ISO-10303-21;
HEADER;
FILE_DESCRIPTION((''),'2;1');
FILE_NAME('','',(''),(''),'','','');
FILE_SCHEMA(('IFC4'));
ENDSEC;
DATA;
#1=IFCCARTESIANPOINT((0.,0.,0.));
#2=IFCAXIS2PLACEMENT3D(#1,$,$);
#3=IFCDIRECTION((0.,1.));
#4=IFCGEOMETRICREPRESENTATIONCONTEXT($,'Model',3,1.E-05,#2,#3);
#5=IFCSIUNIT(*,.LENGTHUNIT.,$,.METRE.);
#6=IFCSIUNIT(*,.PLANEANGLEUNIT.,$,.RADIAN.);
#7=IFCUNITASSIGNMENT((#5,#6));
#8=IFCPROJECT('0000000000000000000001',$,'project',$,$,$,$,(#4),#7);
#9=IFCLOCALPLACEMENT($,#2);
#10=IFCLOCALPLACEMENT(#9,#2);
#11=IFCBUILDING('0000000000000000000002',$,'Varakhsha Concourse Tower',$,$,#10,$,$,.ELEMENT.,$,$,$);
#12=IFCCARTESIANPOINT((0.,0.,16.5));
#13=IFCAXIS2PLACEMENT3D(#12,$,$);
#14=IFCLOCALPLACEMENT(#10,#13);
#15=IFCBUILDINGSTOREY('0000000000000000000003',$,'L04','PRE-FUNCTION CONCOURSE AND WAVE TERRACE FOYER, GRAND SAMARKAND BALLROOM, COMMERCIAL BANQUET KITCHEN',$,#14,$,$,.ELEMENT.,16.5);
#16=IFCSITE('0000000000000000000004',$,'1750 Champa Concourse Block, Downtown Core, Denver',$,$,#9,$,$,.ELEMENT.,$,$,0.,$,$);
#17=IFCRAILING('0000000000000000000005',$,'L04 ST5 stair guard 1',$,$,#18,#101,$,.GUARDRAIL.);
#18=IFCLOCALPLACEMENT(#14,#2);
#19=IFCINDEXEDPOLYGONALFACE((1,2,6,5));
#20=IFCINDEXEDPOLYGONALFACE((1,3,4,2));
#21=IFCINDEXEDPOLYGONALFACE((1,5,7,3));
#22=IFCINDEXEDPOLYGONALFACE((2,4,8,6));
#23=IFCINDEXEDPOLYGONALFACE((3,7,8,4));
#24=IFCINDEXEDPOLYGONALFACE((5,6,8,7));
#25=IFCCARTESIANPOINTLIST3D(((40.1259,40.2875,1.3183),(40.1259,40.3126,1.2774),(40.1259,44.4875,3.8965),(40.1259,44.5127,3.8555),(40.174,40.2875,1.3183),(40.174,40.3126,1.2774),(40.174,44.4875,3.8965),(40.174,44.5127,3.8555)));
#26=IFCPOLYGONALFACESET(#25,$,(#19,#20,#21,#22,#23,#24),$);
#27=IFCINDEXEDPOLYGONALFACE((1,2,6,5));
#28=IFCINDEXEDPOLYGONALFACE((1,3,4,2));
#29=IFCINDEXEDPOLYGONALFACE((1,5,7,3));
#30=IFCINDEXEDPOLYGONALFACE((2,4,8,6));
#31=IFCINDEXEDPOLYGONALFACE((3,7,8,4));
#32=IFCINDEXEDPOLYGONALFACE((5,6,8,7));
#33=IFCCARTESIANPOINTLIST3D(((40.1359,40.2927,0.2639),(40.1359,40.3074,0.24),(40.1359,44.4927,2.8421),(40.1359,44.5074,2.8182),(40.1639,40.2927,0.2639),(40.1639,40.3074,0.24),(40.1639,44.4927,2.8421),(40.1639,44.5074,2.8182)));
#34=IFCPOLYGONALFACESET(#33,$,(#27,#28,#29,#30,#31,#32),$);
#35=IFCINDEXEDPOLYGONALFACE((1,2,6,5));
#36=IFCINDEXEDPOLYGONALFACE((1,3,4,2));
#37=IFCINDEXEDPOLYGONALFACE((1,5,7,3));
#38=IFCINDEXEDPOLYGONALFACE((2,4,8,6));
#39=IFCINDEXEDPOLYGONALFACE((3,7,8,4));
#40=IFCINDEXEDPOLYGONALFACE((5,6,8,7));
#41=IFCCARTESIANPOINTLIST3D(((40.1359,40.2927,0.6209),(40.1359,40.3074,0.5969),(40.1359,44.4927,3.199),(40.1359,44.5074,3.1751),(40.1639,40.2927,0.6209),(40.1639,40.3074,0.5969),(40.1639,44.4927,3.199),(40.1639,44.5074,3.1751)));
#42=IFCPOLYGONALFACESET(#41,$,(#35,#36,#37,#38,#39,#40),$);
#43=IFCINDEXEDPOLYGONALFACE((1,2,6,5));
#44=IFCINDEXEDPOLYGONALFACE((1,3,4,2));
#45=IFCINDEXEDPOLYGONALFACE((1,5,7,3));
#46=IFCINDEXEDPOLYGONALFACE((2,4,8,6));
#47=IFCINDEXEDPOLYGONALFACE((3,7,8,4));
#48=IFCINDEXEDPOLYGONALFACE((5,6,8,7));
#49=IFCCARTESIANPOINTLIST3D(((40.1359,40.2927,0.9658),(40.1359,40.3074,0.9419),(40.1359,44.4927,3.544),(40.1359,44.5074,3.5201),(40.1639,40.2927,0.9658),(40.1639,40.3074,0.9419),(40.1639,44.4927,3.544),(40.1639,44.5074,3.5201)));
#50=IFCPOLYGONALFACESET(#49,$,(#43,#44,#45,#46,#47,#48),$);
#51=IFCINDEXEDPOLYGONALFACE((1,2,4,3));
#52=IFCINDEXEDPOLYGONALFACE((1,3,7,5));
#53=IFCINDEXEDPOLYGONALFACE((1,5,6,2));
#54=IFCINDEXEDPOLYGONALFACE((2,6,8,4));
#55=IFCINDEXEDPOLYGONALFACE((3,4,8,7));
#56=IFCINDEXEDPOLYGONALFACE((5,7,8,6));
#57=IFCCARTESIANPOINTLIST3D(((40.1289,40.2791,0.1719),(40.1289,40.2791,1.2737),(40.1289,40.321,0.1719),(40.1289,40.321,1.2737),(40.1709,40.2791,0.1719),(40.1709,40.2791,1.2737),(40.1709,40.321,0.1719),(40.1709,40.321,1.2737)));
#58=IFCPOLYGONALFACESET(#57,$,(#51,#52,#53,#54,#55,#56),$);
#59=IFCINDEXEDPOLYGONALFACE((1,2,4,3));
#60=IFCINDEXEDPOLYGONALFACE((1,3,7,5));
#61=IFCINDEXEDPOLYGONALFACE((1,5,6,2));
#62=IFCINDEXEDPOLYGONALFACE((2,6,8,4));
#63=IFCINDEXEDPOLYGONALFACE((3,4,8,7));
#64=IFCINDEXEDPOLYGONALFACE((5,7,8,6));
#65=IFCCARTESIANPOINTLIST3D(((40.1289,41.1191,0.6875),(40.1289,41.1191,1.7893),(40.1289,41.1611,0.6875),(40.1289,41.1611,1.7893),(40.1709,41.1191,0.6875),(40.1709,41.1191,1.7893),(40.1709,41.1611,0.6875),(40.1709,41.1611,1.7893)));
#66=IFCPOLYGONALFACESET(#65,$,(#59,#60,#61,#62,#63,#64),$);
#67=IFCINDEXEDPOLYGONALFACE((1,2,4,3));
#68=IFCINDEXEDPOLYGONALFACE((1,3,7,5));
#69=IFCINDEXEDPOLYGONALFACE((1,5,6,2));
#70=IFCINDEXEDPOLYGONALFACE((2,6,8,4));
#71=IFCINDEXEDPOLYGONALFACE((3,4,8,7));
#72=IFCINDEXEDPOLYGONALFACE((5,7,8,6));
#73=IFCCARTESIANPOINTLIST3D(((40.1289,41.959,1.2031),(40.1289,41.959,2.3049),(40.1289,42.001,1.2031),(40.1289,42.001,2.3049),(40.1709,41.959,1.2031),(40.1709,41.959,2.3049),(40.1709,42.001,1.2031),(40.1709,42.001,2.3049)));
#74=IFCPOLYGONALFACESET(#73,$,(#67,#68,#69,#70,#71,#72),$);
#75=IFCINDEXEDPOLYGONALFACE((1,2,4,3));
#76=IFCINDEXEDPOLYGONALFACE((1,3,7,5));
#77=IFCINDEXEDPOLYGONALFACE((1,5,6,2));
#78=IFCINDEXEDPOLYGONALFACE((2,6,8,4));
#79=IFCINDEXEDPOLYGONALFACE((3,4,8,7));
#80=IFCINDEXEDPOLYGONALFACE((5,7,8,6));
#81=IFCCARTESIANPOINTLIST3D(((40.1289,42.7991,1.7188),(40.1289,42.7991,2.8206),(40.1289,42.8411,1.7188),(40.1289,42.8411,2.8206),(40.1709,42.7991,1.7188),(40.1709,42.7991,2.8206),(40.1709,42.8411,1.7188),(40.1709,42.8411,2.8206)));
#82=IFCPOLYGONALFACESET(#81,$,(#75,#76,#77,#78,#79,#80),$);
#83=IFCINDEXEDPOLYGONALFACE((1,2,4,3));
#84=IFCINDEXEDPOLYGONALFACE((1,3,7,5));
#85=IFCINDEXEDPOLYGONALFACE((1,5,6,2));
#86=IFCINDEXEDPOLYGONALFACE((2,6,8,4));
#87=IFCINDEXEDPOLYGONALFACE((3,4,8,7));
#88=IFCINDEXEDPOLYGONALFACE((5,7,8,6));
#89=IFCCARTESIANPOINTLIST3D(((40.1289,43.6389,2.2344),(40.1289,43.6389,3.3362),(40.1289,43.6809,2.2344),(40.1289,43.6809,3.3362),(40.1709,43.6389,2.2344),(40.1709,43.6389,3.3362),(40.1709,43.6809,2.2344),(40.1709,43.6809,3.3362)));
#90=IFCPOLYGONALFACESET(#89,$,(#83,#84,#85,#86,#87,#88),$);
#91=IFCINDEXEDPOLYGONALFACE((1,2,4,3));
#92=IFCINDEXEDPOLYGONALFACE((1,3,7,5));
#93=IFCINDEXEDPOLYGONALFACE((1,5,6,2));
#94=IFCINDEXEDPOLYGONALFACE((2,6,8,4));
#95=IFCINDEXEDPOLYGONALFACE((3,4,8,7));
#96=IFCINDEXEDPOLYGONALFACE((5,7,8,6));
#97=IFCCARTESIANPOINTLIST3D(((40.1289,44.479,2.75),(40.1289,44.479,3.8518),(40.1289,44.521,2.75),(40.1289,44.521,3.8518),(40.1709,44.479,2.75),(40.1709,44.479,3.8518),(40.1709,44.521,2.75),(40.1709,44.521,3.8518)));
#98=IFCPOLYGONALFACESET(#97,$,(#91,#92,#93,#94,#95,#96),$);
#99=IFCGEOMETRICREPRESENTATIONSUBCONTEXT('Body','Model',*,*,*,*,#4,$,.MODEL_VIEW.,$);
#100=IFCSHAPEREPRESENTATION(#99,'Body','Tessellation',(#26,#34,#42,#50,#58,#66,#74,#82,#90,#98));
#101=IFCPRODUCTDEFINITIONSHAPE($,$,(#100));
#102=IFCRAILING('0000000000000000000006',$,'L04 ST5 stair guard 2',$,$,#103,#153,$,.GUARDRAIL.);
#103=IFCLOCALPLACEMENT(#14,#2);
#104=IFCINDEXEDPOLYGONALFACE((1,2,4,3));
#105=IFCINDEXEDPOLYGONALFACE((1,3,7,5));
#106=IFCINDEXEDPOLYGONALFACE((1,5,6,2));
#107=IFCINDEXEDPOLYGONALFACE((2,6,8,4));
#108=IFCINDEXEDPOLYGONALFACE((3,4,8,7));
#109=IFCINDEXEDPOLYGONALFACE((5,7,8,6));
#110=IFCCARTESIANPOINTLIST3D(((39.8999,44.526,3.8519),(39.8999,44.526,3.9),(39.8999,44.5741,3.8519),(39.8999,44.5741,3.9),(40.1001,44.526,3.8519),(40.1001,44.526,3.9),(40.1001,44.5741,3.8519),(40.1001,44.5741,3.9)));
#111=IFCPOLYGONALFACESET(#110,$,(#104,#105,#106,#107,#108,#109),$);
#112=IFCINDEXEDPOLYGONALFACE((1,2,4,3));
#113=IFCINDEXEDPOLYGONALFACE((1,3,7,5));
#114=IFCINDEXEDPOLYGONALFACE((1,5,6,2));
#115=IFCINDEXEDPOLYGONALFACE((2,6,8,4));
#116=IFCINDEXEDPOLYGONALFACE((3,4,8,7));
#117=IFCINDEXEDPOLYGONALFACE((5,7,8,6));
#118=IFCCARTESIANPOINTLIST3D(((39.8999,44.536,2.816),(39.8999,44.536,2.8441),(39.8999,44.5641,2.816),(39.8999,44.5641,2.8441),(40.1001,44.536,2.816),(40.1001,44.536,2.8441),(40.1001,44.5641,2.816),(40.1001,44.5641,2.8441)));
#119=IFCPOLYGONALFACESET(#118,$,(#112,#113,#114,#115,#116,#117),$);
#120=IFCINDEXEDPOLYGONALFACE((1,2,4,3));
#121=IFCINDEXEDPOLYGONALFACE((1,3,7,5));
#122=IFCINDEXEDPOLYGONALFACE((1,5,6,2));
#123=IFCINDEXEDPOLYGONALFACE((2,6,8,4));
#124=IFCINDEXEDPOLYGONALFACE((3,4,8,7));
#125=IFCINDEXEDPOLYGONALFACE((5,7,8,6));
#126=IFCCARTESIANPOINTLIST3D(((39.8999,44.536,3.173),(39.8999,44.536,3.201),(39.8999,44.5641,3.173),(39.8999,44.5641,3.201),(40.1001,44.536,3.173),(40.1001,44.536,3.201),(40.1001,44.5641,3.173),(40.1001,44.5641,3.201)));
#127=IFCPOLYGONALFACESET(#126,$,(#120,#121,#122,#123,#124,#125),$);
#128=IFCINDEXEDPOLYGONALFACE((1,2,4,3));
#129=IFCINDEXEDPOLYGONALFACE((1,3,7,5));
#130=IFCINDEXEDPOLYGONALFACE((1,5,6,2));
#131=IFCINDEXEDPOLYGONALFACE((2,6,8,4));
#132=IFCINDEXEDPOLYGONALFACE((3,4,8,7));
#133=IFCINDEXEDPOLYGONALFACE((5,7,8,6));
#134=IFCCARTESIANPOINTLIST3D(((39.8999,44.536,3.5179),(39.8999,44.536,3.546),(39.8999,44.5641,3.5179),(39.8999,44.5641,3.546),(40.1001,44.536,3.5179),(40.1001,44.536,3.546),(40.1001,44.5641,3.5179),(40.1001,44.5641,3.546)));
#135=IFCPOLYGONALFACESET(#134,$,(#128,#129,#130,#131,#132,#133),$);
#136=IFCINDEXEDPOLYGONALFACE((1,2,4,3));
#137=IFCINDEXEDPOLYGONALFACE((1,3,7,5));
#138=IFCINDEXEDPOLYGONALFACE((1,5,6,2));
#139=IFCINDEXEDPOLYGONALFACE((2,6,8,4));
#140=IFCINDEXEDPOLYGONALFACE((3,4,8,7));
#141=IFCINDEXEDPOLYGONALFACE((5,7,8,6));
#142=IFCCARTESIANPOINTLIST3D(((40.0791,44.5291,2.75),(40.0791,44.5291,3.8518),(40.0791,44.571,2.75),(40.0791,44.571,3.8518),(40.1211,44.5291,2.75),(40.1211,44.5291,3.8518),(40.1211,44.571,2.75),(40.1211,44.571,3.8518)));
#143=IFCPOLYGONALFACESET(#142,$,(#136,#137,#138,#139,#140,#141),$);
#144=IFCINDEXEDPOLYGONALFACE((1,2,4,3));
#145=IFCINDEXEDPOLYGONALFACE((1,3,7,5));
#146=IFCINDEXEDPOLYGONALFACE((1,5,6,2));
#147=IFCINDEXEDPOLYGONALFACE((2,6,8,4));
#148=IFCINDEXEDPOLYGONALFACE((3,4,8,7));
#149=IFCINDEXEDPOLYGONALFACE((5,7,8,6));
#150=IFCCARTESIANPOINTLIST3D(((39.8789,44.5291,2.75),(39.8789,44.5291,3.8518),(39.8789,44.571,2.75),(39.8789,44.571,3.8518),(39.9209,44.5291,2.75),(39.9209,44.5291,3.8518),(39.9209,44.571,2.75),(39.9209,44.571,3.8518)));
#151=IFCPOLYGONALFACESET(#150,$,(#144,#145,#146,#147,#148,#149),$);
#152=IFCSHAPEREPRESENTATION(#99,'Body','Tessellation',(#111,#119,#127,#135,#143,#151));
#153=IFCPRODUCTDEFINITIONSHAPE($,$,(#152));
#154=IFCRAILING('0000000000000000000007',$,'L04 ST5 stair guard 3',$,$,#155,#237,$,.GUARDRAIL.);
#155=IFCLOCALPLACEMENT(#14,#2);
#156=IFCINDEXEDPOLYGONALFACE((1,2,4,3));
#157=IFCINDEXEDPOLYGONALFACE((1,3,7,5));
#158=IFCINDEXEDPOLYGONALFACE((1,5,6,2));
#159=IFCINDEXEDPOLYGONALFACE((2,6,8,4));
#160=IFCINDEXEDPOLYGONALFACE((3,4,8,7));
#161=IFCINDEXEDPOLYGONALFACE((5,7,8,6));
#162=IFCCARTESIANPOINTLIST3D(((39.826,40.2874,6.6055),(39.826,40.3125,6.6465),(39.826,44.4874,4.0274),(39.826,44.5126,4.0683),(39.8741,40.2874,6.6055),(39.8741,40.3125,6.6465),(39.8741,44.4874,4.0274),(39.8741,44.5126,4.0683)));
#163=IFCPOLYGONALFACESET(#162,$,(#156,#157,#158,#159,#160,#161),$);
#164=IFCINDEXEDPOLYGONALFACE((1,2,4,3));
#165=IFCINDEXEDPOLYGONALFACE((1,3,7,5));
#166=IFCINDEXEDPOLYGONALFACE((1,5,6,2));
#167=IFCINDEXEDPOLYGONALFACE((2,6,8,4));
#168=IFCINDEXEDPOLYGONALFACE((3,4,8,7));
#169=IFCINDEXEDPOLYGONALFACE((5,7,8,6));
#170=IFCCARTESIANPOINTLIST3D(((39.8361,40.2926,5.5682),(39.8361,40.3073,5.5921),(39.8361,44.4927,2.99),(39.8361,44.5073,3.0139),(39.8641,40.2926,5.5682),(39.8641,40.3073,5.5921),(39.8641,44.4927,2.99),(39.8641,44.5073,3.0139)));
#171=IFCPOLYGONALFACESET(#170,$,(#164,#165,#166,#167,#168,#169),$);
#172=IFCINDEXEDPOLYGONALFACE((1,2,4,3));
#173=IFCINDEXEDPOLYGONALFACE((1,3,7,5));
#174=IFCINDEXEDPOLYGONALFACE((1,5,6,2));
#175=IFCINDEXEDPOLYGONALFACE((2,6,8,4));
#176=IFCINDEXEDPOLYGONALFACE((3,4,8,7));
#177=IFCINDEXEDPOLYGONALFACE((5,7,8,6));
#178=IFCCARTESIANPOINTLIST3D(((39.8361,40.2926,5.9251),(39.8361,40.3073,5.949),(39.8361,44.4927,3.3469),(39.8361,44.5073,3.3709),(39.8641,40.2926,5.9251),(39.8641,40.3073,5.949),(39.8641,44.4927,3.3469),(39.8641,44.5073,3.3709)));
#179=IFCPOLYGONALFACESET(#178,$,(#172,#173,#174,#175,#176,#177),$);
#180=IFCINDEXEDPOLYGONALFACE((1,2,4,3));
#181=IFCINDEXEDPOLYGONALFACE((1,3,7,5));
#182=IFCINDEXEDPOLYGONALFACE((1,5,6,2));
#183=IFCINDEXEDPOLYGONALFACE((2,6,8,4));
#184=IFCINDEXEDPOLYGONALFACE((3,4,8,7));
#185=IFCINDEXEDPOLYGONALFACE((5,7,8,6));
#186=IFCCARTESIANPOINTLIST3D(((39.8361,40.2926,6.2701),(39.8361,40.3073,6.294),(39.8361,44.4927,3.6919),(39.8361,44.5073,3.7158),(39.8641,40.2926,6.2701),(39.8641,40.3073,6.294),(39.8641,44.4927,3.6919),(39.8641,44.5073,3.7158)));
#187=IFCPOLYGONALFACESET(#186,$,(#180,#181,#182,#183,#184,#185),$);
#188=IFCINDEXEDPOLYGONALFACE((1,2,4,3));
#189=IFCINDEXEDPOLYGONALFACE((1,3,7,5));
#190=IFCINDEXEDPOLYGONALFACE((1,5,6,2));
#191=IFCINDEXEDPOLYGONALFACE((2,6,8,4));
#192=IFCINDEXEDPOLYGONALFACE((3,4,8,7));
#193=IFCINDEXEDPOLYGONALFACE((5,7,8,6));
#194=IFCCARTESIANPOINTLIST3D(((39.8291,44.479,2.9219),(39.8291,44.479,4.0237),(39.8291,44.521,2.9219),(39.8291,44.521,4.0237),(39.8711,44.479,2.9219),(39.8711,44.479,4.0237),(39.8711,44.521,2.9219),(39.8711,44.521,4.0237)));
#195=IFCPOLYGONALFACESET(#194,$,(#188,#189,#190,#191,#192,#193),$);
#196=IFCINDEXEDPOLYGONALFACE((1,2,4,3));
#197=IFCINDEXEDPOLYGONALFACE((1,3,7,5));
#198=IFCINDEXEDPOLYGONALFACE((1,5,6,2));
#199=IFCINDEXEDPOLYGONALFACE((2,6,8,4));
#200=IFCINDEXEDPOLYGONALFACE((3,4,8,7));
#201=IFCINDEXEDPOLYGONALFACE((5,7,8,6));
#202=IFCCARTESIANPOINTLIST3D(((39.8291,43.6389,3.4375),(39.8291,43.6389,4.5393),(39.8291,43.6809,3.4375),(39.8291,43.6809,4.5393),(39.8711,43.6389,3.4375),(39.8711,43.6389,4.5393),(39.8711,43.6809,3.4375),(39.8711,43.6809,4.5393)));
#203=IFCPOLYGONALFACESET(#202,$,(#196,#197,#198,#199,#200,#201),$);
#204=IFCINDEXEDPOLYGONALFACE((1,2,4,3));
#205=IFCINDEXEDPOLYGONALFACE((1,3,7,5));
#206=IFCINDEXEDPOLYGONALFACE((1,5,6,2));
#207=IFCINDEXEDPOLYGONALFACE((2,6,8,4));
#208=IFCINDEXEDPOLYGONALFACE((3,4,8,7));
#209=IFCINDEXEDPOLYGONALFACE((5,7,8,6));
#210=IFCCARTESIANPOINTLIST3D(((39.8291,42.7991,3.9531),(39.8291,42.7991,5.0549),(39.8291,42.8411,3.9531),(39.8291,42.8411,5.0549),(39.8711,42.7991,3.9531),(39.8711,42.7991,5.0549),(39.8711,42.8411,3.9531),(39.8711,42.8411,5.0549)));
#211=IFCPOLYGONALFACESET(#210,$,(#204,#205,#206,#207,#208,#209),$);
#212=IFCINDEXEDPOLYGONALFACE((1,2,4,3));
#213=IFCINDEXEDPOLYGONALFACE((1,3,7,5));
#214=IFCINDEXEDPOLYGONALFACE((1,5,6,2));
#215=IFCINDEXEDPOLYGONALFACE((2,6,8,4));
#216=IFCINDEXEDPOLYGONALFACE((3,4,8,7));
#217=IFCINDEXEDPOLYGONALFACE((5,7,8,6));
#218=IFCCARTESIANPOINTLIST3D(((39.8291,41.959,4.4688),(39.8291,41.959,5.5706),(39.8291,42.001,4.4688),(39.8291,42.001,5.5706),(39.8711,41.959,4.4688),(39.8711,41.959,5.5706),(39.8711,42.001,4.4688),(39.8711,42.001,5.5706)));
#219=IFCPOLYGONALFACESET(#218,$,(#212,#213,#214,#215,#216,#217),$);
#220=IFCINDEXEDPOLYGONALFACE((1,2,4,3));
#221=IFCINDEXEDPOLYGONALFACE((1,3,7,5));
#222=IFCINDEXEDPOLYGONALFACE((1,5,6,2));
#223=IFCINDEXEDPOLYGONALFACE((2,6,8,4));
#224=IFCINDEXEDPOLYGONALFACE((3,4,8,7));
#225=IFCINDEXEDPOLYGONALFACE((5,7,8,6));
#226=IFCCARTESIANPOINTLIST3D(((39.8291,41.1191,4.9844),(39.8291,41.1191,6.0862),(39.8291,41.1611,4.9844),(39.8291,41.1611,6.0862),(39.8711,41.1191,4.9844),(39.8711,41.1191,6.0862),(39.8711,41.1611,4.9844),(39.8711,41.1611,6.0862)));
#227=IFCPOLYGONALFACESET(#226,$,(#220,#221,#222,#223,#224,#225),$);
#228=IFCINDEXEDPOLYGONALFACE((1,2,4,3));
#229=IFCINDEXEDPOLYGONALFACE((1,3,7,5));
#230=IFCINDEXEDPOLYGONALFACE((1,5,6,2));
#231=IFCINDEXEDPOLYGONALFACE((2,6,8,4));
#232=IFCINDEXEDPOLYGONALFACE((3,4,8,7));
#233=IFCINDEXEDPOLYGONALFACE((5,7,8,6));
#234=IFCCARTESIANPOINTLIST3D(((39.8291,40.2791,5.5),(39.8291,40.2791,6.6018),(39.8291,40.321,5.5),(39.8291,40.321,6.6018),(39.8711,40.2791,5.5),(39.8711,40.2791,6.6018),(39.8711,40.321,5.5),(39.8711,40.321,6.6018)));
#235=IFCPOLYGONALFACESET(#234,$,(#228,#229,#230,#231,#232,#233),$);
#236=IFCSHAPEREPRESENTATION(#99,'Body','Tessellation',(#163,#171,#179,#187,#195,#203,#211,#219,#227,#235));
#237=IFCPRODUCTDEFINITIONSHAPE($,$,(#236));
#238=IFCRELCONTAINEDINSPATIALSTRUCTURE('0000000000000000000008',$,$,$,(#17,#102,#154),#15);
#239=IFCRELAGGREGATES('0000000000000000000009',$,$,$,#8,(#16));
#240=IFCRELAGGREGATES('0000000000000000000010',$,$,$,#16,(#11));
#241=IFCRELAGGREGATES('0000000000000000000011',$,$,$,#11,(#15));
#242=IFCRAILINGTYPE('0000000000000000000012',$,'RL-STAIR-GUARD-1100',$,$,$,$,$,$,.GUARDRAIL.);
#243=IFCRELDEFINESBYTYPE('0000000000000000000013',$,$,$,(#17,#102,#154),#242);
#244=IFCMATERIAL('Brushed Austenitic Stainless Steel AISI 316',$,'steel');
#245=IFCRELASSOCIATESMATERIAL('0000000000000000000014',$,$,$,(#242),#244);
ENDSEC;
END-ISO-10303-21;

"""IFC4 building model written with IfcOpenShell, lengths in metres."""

from ifc_helpers import new_model, si_unit, direction, frame, origin, origin_2d, place, context, subcontext, project, spatial, rectangle, extrude, material, type_object, element, save


model = new_model("IFC4")

# Units and contexts
model_context = context("Model", 3, precision=1e-05, world=origin(), true_north=direction((0.0, 1.0)))
body_context = subcontext(model_context, "Body", "Model", "MODEL_VIEW")
ifc_project = project(units=[si_unit("LENGTHUNIT", "METRE"), si_unit("PLANEANGLEUNIT", "RADIAN")], contexts=[model_context])

# Site, building, storey
site_placement = place(None, origin())
site = spatial("IfcSite", under=ifc_project, at=site_placement, Name="1750 Champa Concourse Block, Downtown Core, Denver", CompositionType="ELEMENT", RefElevation=0.0)
building_placement = place(site_placement, origin())
building = spatial("IfcBuilding", under=site, at=building_placement, Name="Varakhsha Concourse Tower", CompositionType="ELEMENT")
storey_placement = place(building_placement, frame((0.0, 0.0, 16.5)))
storey = spatial("IfcBuildingStorey", under=building, at=storey_placement, Name="L04", Description="PRE-FUNCTION CONCOURSE AND WAVE TERRACE FOYER, GRAND SAMARKAND BALLROOM, COMMERCIAL BANQUET KITCHEN", CompositionType="ELEMENT", Elevation=16.5)

# Railings
ifc_material_1 = material(Name="Brushed Austenitic Stainless Steel AISI 316", Category="steel")
railing_type_1 = type_object("IfcRailingType", Name="RL-STAIR-GUARD-1100", PredefinedType="GUARDRAIL", material=ifc_material_1)
railing_1_placement = place(storey_placement, frame((40.1499, 40.3, 0.1719)))
element("IfcRailing", 1, at=railing_1_placement, inside=storey, type_object=railing_type_1, Name="L04 ST5 stair guard 1", PredefinedType="GUARDRAIL", context=body_context, shape_type="SweptSolid", body=[
    extrude(rectangle(XDim=0.0481, YDim=0.0481, at=origin_2d()), frame((0.0, 0.0, 1.126), z_axis=(0.0, 0.852243, 0.523146), x_axis=(-1.0, 0.0, 0.0)), (0.0, 0.0, 1.0), 4.9282),
    extrude(rectangle(XDim=0.0281, YDim=0.0281, at=origin_2d()), frame((0.0, 0.0, 0.0801), z_axis=(0.0, 0.852243, 0.523146), x_axis=(-1.0, 0.0, 0.0)), (0.0, 0.0, 1.0), 4.9282),
    extrude(rectangle(XDim=0.0281, YDim=0.0281, at=origin_2d()), frame((0.0, 0.0, 0.437), z_axis=(0.0, 0.852243, 0.523146), x_axis=(-1.0, 0.0, 0.0)), (0.0, 0.0, 1.0), 4.9282),
    extrude(rectangle(XDim=0.0281, YDim=0.0281, at=origin_2d()), frame((0.0, 0.0, 0.782), z_axis=(0.0, 0.852243, 0.523146), x_axis=(-1.0, 0.0, 0.0)), (0.0, 0.0, 1.0), 4.9282),
    extrude(rectangle(XDim=0.042, YDim=0.042, at=origin_2d()), origin(), (0.0, 0.0, 1.0), 1.1018),
    extrude(rectangle(XDim=0.042, YDim=0.042, at=origin_2d()), frame((0.0, 0.8401, 0.5156)), (0.0, 0.0, 1.0), 1.1018),
    extrude(rectangle(XDim=0.042, YDim=0.042, at=origin_2d()), frame((0.0, 1.6799, 1.0312)), (0.0, 0.0, 1.0), 1.1018),
    extrude(rectangle(XDim=0.042, YDim=0.042, at=origin_2d()), frame((0.0, 2.52, 1.5469)), (0.0, 0.0, 1.0), 1.1018),
    extrude(rectangle(XDim=0.042, YDim=0.042, at=origin_2d()), frame((0.0, 3.3599, 2.0625)), (0.0, 0.0, 1.0), 1.1018),
    extrude(rectangle(XDim=0.042, YDim=0.042, at=origin_2d()), frame((0.0, 4.2, 2.5781)), (0.0, 0.0, 1.0), 1.1018),
])
railing_2_placement = place(storey_placement, frame((40.1001, 44.55, 2.75)))
element("IfcRailing", 2, at=railing_2_placement, inside=storey, type_object=railing_type_1, Name="L04 ST5 stair guard 2", PredefinedType="GUARDRAIL", context=body_context, shape_type="SweptSolid", body=[
    extrude(rectangle(XDim=0.0481, YDim=0.0481, at=origin_2d()), frame((0.0, 0.0, 1.126), z_axis=(-1.0, 0.0, 0.0), x_axis=(0.0, -1.0, 0.0)), (0.0, 0.0, 1.0), 0.2002),
    extrude(rectangle(XDim=0.0281, YDim=0.0281, at=origin_2d()), frame((0.0, 0.0, 0.0801), z_axis=(-1.0, 0.0, 0.0), x_axis=(0.0, -1.0, 0.0)), (0.0, 0.0, 1.0), 0.2002),
    extrude(rectangle(XDim=0.0281, YDim=0.0281, at=origin_2d()), frame((0.0, 0.0, 0.437), z_axis=(-1.0, 0.0, 0.0), x_axis=(0.0, -1.0, 0.0)), (0.0, 0.0, 1.0), 0.2002),
    extrude(rectangle(XDim=0.0281, YDim=0.0281, at=origin_2d()), frame((0.0, 0.0, 0.782), z_axis=(-1.0, 0.0, 0.0), x_axis=(0.0, -1.0, 0.0)), (0.0, 0.0, 1.0), 0.2002),
    extrude(rectangle(XDim=0.042, YDim=0.042, at=origin_2d()), origin(), (0.0, 0.0, 1.0), 1.1018),
    extrude(rectangle(XDim=0.042, YDim=0.042, at=origin_2d()), frame((-0.2002, 0.0, 0.0)), (0.0, 0.0, 1.0), 1.1018),
])
railing_3_placement = place(storey_placement, frame((39.8501, 44.5, 2.9219)))
element("IfcRailing", 3, at=railing_3_placement, inside=storey, type_object=railing_type_1, Name="L04 ST5 stair guard 3", PredefinedType="GUARDRAIL", context=body_context, shape_type="SweptSolid", body=[
    extrude(rectangle(XDim=0.0481, YDim=0.0481, at=origin_2d()), frame((0.0, 0.0, 1.126), z_axis=(0.0, -0.852243, 0.523146), x_axis=(1.0, 0.0, 0.0)), (0.0, 0.0, 1.0), 4.9282),
    extrude(rectangle(XDim=0.0281, YDim=0.0281, at=origin_2d()), frame((0.0, 0.0, 0.0801), z_axis=(0.0, -0.852243, 0.523146), x_axis=(1.0, 0.0, 0.0)), (0.0, 0.0, 1.0), 4.9282),
    extrude(rectangle(XDim=0.0281, YDim=0.0281, at=origin_2d()), frame((0.0, 0.0, 0.437), z_axis=(0.0, -0.852243, 0.523146), x_axis=(1.0, 0.0, 0.0)), (0.0, 0.0, 1.0), 4.9282),
    extrude(rectangle(XDim=0.0281, YDim=0.0281, at=origin_2d()), frame((0.0, 0.0, 0.782), z_axis=(0.0, -0.852243, 0.523146), x_axis=(1.0, 0.0, 0.0)), (0.0, 0.0, 1.0), 4.9282),
    extrude(rectangle(XDim=0.042, YDim=0.042, at=origin_2d()), origin(), (0.0, 0.0, 1.0), 1.1018),
    extrude(rectangle(XDim=0.042, YDim=0.042, at=origin_2d()), frame((0.0, -0.8401, 0.5156)), (0.0, 0.0, 1.0), 1.1018),
    extrude(rectangle(XDim=0.042, YDim=0.042, at=origin_2d()), frame((0.0, -1.6799, 1.0312)), (0.0, 0.0, 1.0), 1.1018),
    extrude(rectangle(XDim=0.042, YDim=0.042, at=origin_2d()), frame((0.0, -2.52, 1.5469)), (0.0, 0.0, 1.0), 1.1018),
    extrude(rectangle(XDim=0.042, YDim=0.042, at=origin_2d()), frame((0.0, -3.3599, 2.0625)), (0.0, 0.0, 1.0), 1.1018),
    extrude(rectangle(XDim=0.042, YDim=0.042, at=origin_2d()), frame((0.0, -4.2, 2.5781)), (0.0, 0.0, 1.0), 1.1018),
])

save(model, "model.ifc")
